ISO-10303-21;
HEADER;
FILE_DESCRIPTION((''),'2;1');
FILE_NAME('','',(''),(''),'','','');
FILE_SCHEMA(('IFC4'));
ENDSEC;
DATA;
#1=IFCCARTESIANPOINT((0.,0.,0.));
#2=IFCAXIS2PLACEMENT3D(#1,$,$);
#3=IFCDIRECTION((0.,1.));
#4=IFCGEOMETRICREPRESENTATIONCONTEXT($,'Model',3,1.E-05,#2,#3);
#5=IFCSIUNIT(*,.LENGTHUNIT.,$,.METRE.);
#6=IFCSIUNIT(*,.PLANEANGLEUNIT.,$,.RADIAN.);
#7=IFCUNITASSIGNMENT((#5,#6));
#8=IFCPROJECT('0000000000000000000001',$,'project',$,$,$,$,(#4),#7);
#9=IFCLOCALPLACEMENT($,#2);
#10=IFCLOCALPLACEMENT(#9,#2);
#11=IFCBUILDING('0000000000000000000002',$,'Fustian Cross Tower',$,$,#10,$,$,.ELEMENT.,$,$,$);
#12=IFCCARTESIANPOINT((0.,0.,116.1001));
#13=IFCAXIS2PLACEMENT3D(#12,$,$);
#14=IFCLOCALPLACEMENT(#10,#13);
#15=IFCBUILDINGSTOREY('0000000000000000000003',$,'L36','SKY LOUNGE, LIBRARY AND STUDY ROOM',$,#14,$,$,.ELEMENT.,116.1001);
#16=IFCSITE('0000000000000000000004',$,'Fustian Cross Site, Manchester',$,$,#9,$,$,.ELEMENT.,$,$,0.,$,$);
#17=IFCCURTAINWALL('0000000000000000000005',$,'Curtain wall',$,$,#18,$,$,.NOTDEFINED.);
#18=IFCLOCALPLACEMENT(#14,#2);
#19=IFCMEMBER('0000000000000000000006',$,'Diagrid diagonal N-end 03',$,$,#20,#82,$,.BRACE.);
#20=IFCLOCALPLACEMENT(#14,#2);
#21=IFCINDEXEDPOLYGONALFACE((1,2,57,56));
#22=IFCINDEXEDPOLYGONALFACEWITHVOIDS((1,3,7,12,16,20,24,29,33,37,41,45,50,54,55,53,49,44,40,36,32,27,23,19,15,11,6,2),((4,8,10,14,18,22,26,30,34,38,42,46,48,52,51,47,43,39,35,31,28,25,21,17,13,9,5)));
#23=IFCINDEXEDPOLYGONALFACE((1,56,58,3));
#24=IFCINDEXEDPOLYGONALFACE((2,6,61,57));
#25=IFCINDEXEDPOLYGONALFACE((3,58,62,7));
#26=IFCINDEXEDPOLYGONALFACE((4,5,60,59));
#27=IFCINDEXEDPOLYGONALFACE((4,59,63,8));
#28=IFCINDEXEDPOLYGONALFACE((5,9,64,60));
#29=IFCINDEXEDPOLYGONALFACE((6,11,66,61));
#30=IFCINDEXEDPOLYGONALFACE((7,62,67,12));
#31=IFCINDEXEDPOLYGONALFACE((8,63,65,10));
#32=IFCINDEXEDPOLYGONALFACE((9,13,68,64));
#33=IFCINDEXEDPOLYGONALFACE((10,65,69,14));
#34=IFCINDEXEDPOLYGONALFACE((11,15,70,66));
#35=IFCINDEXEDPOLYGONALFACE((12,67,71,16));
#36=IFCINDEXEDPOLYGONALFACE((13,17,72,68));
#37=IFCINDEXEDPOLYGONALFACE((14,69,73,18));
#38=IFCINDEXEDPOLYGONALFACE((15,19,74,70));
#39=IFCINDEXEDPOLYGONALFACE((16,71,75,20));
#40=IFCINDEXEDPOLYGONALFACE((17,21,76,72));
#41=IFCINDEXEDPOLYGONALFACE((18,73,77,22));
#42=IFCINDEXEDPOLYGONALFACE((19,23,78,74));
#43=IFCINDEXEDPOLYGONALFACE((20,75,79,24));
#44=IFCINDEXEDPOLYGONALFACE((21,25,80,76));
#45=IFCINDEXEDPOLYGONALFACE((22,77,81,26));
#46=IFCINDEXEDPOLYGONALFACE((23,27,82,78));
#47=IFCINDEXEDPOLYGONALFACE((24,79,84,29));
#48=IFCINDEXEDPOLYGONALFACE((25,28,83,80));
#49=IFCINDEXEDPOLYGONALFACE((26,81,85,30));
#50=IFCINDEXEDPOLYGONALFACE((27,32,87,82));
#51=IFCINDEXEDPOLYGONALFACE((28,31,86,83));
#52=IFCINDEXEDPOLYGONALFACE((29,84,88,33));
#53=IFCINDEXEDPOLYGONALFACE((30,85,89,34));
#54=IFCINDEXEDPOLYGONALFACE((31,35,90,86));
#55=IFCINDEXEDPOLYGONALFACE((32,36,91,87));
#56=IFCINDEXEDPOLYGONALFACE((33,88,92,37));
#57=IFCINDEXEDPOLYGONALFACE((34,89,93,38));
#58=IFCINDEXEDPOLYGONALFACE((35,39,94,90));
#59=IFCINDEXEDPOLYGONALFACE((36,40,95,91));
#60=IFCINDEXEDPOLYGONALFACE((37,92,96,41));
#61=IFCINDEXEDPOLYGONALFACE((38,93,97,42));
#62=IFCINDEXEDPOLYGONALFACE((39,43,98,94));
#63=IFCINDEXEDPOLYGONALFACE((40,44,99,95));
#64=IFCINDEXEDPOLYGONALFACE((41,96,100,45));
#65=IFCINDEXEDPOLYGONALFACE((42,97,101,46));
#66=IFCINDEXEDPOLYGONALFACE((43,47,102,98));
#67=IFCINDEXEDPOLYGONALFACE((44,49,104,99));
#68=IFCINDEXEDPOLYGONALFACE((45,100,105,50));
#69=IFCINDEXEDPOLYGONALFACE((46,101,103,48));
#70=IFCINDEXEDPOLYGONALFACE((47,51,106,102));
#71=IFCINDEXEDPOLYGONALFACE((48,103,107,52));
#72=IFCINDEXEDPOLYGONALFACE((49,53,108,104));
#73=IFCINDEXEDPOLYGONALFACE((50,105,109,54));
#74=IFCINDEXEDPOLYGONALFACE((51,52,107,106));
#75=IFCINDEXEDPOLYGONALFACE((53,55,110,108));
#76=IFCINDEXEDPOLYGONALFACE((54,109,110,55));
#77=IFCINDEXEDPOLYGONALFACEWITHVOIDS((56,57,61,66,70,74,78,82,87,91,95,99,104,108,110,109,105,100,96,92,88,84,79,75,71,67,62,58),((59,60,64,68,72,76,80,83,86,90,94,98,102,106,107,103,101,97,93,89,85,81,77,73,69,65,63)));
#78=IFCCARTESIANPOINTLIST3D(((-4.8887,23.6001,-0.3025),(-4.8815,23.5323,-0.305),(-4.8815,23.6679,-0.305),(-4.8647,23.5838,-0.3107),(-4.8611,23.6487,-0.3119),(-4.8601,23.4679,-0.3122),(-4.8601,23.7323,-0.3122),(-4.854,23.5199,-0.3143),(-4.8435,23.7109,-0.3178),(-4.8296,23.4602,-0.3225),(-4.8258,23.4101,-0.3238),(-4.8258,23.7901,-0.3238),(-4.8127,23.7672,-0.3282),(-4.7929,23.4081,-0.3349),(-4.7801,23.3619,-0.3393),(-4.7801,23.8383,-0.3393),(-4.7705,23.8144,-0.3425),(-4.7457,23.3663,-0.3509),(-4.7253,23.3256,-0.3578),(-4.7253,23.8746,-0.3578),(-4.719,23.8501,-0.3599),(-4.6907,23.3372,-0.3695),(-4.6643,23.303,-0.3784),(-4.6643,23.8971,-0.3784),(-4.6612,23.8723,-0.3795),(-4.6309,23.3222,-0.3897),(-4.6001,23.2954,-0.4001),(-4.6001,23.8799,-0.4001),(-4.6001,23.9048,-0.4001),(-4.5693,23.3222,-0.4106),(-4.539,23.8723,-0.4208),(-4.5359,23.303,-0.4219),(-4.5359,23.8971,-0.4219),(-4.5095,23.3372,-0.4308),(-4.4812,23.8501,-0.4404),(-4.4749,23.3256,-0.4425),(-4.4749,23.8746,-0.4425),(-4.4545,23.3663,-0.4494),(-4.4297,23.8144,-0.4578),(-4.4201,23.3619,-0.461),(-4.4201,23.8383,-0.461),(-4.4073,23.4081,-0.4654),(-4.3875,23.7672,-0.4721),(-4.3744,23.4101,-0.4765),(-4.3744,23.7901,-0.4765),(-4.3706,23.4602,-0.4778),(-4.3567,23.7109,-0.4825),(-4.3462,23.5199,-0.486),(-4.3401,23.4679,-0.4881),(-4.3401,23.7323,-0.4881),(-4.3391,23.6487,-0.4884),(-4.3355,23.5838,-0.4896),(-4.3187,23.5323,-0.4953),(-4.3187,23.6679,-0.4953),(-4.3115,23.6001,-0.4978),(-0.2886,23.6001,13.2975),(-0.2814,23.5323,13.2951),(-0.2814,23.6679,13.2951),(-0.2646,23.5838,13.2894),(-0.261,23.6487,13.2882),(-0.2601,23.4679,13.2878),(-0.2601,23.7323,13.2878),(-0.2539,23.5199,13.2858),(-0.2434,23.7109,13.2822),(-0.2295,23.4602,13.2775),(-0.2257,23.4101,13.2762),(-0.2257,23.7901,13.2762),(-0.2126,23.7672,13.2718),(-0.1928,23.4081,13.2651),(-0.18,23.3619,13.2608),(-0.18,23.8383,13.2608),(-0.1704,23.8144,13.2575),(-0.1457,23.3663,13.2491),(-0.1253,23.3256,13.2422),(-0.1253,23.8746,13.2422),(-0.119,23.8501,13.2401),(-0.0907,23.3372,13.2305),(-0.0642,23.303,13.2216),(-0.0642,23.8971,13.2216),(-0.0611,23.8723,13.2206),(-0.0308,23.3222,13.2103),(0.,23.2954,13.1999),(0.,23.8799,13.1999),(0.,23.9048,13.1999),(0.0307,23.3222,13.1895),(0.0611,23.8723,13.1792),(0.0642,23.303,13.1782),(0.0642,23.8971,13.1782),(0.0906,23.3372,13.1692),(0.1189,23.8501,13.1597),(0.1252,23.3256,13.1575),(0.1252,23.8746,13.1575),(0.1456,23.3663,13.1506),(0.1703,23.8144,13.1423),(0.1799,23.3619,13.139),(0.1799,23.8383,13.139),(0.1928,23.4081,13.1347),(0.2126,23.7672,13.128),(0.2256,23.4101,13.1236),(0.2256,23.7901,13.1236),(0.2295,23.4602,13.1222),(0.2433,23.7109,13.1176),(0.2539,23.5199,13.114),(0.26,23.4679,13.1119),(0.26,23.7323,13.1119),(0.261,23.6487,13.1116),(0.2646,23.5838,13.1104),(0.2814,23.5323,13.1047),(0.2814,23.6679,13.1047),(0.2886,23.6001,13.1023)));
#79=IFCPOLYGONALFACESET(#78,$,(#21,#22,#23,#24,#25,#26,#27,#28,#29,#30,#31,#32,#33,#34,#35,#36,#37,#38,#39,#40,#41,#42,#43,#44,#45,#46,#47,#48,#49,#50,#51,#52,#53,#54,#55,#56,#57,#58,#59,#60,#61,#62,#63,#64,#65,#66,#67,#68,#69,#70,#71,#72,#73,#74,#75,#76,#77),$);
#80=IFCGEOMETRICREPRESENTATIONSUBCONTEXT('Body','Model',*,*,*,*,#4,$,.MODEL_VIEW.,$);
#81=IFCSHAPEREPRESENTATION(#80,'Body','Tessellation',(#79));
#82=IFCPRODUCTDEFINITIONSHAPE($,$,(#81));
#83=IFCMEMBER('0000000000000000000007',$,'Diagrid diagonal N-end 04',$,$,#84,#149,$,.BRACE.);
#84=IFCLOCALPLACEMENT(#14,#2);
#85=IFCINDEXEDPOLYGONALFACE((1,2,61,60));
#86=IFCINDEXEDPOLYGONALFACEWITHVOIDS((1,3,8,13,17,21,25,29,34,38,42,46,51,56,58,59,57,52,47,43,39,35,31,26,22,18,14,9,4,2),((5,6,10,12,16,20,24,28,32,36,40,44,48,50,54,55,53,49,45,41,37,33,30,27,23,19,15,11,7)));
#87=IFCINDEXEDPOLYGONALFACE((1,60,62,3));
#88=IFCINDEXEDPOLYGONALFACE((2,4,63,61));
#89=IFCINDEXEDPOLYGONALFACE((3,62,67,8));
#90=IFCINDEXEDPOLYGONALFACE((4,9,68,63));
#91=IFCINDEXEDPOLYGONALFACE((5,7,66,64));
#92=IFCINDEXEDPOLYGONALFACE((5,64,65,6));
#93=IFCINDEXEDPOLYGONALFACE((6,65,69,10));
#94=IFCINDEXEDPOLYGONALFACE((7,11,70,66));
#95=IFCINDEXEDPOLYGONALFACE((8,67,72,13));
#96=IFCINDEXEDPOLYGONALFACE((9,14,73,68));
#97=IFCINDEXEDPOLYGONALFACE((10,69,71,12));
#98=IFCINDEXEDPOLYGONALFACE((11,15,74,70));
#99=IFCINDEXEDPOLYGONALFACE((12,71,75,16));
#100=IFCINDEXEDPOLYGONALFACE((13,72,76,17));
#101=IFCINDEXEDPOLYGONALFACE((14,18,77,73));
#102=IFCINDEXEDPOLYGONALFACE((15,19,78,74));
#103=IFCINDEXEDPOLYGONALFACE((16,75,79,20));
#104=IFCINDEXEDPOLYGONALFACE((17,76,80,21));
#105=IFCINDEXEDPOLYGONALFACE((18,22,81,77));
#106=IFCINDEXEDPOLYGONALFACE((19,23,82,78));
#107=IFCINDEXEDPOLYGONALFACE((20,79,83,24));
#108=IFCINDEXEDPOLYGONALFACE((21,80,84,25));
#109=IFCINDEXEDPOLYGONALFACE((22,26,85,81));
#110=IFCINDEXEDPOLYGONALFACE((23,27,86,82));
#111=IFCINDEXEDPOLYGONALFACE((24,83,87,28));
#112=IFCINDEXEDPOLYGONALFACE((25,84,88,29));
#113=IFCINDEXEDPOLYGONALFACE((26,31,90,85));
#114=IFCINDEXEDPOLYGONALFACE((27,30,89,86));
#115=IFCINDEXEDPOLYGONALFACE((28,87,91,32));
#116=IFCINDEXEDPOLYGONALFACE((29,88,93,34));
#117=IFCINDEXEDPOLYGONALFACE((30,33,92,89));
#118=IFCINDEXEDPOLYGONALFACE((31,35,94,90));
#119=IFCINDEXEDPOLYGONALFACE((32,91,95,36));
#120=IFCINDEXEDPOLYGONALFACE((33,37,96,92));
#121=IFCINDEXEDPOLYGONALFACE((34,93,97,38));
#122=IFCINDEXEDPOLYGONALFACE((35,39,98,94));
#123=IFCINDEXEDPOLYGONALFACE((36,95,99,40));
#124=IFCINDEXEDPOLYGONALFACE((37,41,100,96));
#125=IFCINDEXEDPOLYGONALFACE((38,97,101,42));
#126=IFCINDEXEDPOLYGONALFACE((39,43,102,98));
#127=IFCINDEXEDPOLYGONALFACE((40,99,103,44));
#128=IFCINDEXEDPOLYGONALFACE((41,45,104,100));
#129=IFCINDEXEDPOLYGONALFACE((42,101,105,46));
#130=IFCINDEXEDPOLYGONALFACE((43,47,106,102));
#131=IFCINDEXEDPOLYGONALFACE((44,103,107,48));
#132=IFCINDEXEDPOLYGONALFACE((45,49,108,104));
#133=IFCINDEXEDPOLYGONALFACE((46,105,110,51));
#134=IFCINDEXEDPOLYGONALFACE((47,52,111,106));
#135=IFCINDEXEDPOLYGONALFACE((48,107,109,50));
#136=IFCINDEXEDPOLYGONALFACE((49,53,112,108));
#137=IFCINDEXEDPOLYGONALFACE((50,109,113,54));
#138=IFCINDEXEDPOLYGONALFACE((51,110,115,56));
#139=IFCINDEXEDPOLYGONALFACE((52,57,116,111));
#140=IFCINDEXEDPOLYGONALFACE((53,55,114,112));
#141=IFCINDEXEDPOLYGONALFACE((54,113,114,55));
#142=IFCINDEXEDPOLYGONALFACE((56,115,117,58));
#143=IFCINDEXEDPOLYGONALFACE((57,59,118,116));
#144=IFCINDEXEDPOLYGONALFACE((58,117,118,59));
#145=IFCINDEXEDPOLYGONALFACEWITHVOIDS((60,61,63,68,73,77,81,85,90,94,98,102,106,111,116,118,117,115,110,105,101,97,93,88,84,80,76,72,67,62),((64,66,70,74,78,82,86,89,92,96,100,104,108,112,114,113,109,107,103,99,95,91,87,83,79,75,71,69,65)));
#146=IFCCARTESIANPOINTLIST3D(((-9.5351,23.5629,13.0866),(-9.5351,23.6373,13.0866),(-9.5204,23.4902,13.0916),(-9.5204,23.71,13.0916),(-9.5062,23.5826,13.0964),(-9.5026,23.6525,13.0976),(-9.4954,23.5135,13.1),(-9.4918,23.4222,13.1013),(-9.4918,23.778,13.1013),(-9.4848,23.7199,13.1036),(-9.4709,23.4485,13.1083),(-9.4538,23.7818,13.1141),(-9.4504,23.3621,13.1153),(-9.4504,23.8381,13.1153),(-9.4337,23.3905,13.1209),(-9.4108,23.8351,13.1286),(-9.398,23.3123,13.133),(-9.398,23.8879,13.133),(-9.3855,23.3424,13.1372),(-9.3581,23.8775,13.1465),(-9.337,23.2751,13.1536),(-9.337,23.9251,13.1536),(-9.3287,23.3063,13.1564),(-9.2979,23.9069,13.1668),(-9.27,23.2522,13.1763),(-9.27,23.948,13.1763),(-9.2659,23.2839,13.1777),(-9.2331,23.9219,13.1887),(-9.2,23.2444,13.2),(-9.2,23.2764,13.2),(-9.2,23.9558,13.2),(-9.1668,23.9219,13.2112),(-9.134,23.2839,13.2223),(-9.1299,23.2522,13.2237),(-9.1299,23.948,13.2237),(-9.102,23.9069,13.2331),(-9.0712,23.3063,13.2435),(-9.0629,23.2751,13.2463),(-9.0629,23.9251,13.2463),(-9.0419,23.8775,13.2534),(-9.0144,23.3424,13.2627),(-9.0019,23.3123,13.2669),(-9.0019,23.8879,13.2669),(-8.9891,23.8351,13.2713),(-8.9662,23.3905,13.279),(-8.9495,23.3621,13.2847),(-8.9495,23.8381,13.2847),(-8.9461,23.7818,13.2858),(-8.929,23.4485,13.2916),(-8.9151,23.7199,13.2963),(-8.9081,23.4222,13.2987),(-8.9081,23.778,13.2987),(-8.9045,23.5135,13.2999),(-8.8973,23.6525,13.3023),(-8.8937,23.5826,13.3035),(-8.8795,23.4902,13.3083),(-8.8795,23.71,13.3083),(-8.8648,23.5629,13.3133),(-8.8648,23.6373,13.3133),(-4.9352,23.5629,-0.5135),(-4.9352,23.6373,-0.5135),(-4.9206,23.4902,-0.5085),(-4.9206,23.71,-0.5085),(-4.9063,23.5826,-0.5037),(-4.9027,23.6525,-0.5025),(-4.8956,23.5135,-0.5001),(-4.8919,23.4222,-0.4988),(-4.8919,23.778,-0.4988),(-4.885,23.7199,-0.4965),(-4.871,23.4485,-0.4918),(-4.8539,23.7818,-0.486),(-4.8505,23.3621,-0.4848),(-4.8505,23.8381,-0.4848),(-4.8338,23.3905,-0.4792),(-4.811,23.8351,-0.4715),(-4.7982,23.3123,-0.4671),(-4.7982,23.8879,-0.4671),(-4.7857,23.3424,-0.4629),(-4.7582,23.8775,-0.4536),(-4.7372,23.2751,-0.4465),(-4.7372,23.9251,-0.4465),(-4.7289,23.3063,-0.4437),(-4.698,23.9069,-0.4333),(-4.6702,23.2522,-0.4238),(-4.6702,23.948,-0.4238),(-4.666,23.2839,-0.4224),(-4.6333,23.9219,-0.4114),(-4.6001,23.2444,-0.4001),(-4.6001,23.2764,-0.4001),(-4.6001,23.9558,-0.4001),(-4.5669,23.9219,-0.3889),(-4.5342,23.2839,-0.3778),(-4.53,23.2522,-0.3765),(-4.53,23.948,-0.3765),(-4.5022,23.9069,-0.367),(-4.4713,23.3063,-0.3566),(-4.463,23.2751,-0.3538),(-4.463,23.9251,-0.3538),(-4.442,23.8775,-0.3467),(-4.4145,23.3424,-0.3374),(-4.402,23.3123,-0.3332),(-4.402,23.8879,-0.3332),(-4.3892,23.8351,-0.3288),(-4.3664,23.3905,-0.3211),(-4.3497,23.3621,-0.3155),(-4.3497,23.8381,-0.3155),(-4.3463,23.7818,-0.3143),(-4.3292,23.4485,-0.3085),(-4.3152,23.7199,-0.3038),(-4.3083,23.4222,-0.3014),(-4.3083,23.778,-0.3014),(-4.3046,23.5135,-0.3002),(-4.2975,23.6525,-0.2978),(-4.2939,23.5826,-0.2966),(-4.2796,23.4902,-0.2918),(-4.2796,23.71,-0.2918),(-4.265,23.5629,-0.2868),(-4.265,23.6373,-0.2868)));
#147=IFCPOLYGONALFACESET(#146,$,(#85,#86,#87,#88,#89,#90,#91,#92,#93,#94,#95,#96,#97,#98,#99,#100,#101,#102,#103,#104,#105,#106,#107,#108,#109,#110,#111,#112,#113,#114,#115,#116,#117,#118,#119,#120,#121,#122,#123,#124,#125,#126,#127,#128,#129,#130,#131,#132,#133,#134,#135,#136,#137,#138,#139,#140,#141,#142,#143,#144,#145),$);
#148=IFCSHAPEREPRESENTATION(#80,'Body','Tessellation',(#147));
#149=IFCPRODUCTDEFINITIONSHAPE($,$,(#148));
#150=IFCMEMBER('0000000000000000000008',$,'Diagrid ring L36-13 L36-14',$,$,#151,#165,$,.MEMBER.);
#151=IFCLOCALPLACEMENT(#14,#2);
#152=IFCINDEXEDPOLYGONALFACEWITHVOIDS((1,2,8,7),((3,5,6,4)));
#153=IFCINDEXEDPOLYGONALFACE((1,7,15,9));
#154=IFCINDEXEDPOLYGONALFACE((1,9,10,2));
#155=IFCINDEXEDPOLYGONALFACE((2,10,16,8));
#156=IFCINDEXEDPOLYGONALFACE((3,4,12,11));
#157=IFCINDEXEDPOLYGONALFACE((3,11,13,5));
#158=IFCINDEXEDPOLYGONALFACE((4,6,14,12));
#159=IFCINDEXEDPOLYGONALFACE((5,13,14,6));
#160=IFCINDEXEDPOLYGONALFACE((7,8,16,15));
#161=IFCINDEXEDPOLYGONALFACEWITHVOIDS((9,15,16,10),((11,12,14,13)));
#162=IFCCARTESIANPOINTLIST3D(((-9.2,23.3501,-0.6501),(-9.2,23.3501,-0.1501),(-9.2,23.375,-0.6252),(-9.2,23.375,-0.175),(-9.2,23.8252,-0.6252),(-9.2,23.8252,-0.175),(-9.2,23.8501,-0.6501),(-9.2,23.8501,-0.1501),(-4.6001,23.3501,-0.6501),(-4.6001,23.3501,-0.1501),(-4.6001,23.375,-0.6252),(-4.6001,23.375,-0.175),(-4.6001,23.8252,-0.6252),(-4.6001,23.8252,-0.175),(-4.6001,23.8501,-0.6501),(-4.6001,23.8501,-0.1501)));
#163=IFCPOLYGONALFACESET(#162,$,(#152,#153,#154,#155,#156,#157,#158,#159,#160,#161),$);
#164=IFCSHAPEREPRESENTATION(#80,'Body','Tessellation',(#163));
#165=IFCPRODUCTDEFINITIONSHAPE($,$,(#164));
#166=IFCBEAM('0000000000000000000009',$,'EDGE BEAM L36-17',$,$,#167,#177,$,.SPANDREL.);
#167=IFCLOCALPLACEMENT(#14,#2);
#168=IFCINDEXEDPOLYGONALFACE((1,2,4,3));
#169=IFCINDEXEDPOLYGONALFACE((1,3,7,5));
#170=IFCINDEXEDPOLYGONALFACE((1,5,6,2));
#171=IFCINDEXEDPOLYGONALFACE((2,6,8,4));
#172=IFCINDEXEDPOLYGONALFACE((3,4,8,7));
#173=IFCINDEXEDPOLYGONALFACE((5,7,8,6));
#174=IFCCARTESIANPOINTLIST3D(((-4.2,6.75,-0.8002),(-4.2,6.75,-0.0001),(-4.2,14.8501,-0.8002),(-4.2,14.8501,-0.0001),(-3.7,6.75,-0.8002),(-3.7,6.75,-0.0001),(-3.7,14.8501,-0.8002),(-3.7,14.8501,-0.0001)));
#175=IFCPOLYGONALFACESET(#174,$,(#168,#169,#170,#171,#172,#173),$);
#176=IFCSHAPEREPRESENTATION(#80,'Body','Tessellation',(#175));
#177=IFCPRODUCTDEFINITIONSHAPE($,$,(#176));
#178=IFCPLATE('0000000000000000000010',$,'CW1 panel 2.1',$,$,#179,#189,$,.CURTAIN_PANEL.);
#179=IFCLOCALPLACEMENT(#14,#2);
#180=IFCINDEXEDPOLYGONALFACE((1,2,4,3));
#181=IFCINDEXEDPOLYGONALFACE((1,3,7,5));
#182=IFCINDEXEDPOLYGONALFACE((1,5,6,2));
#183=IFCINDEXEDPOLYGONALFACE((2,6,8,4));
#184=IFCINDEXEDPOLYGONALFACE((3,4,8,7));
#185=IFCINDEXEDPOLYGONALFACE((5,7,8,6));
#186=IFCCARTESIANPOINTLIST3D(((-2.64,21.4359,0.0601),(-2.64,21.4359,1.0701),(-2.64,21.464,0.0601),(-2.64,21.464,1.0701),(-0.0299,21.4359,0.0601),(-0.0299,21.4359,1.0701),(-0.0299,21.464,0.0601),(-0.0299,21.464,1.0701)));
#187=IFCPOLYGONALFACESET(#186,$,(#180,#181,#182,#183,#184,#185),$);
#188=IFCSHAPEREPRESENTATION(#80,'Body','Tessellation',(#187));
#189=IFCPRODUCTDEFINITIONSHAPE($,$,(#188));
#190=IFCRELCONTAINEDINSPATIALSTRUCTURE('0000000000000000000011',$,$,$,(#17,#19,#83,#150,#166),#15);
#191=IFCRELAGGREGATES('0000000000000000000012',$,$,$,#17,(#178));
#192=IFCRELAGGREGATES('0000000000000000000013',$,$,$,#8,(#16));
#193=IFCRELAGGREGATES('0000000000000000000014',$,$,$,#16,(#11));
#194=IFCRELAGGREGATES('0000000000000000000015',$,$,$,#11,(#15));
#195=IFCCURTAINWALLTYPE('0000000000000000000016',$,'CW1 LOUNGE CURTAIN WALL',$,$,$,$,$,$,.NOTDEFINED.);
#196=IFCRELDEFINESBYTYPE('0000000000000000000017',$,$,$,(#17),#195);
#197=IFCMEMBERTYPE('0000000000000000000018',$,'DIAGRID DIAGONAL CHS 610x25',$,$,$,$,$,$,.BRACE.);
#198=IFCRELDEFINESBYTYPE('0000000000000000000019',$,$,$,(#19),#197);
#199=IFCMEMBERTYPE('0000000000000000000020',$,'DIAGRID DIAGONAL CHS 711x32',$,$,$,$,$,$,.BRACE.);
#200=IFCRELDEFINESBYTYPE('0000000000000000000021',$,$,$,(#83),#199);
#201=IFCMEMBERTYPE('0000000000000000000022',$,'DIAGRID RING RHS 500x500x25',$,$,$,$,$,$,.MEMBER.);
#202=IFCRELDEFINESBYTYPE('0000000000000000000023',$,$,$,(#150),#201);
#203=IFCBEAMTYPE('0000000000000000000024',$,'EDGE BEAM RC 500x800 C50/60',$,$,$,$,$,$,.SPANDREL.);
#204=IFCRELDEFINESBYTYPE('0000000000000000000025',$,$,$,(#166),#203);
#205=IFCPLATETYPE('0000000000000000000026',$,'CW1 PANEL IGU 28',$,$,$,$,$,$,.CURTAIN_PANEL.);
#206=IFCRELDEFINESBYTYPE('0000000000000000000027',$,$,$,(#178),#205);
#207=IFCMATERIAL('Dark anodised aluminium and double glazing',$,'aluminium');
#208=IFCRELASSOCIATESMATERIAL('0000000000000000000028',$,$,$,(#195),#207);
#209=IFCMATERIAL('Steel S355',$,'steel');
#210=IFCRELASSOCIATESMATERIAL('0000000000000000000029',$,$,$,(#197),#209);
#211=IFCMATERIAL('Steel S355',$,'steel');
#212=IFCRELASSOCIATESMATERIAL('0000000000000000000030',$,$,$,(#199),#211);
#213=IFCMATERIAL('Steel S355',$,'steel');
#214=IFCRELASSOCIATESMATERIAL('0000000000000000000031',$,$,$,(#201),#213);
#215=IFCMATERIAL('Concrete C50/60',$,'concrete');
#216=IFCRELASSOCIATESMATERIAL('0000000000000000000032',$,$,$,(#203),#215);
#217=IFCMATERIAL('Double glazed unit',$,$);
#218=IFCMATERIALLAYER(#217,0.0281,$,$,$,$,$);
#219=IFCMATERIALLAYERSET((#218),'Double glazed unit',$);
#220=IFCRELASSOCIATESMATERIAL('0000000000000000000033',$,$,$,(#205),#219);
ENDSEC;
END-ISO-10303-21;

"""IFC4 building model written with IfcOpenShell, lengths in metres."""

from ifc_helpers import new_model, si_unit, direction, frame, origin, origin_2d, place, context, subcontext, project, spatial, rectangle, hollow_rectangle, hollow_circle, extrude, material, layer, layer_set, material_profile, profile_set, type_object, element, aggregate, save


model = new_model("IFC4")

# Units and contexts
model_context = context("Model", 3, precision=1e-05, world=origin(), true_north=direction((0.0, 1.0)))
body_context = subcontext(model_context, "Body", "Model", "MODEL_VIEW")
ifc_project = project(units=[si_unit("LENGTHUNIT", "METRE"), si_unit("PLANEANGLEUNIT", "RADIAN")], contexts=[model_context])

# Site, building, storey
site_placement = place(None, origin())
site = spatial("IfcSite", under=ifc_project, at=site_placement, Name="Fustian Cross Site, Manchester", CompositionType="ELEMENT", RefElevation=0.0)
building_placement = place(site_placement, origin())
building = spatial("IfcBuilding", under=site, at=building_placement, Name="Fustian Cross Tower", CompositionType="ELEMENT")
storey_placement = place(building_placement, frame((0.0, 0.0, 116.1001)))
storey = spatial("IfcBuildingStorey", under=building, at=storey_placement, Name="L36", Description="SKY LOUNGE, LIBRARY AND STUDY ROOM", CompositionType="ELEMENT", Elevation=116.1001)

# Curtain wall
ifc_material_1 = material(Name="Dark anodised aluminium and double glazing", Category="aluminium")
curtain_wall_type = type_object("IfcCurtainWallType", Name="CW1 LOUNGE CURTAIN WALL", PredefinedType="NOTDEFINED", material=ifc_material_1)
curtain_wall_1_placement = place(storey_placement, origin())
curtain_wall_1 = element("IfcCurtainWall", 1, at=curtain_wall_1_placement, inside=storey, type_object=curtain_wall_type, Name="Curtain wall", PredefinedType="NOTDEFINED")

# Members
ifc_material_2 = material(Name="Steel S355", Category="steel")
ifc_material_profile_1 = material_profile(ifc_material_2, hollow_circle(Radius=0.3047, WallThickness=0.0249, at=origin_2d()), Name="CHS 610x25")
ifc_profile_set_1 = profile_set([ifc_material_profile_1], Name="Steel S355")
member_type_1 = type_object("IfcMemberType", Name="DIAGRID DIAGONAL CHS 610x25", PredefinedType="BRACE", material=ifc_profile_set_1)
member_1_placement = place(storey_placement, frame((-4.6001, 23.6001, -0.4001), z_axis=(0.320408, 0.0, 0.94728), x_axis=(0.0, 1.0, 0.0)))
element("IfcMember", 2, at=member_1_placement, inside=storey, type_object=member_type_1, Name="Diagrid diagonal N-end 03", PredefinedType="BRACE", context=body_context, shape_type="SweptSolid", body=[
    extrude(hollow_circle(Radius=0.3047, WallThickness=0.0249, at=origin_2d()), origin(), (0.0, 0.0, 1.0), 14.3569),
])
ifc_material_3 = material(Name="Steel S355", Category="steel")
ifc_material_profile_2 = material_profile(ifc_material_3, hollow_circle(Radius=0.3557, WallThickness=0.032, at=origin_2d()), Name="CHS 711x32")
ifc_profile_set_2 = profile_set([ifc_material_profile_2], Name="Steel S355")
member_type_2 = type_object("IfcMemberType", Name="DIAGRID DIAGONAL CHS 711x32", PredefinedType="BRACE", material=ifc_profile_set_2)
member_2_placement = place(storey_placement, frame((-4.6001, 23.6001, -0.4001), z_axis=(-0.320393, 0.0, 0.947285), x_axis=(0.0, -1.0, 0.0)))
element("IfcMember", 3, at=member_2_placement, inside=storey, type_object=member_type_2, Name="Diagrid diagonal N-end 04", PredefinedType="BRACE", context=body_context, shape_type="SweptSolid", body=[
    extrude(hollow_circle(Radius=0.3557, WallThickness=0.032, at=origin_2d()), origin(), (0.0, 0.0, 1.0), 14.3569),
])
ifc_material_4 = material(Name="Steel S355", Category="steel")
ifc_material_profile_3 = material_profile(ifc_material_4, hollow_rectangle(XDim=0.5, YDim=0.5, WallThickness=0.0249, at=origin_2d()), Name="RHS 500x500x25")
ifc_profile_set_3 = profile_set([ifc_material_profile_3], Name="Steel S355")
member_type_3 = type_object("IfcMemberType", Name="DIAGRID RING RHS 500x500x25", PredefinedType="MEMBER", material=ifc_profile_set_3)
member_3_placement = place(storey_placement, frame((-4.6001, 23.6001, -0.4001), z_axis=(-1.0, 0.0, 0.0), x_axis=(0.0, -1.0, 0.0)))
element("IfcMember", 4, at=member_3_placement, inside=storey, type_object=member_type_3, Name="Diagrid ring L36-13 L36-14", PredefinedType="MEMBER", context=body_context, shape_type="SweptSolid", body=[
    extrude(hollow_rectangle(XDim=0.5, YDim=0.5, WallThickness=0.0249, at=origin_2d()), origin(), (0.0, 0.0, 1.0), 4.5999),
])

# Beam
ifc_material_5 = material(Name="Concrete C50/60", Category="concrete")
ifc_material_profile_4 = material_profile(ifc_material_5, rectangle(XDim=0.5, YDim=0.8, at=origin_2d()), Name="RC 500x800")
ifc_profile_set_4 = profile_set([ifc_material_profile_4], Name="Concrete C50/60")
beam_type = type_object("IfcBeamType", Name="EDGE BEAM RC 500x800 C50/60", PredefinedType="SPANDREL", material=ifc_profile_set_4)
beam_placement = place(storey_placement, frame((-3.95, 14.8501, -0.4001), z_axis=(0.0, -1.0, 0.0), x_axis=(1.0, 0.0, 0.0)))
element("IfcBeam", 5, at=beam_placement, inside=storey, type_object=beam_type, Name="EDGE BEAM L36-17", PredefinedType="SPANDREL", context=body_context, shape_type="SweptSolid", body=[
    extrude(rectangle(XDim=0.5, YDim=0.8, at=origin_2d()), origin(), (0.0, 0.0, 1.0), 8.1001),
])

# Plate
ifc_material_6 = material(Name="Double glazed unit")
ifc_layer_1 = layer(ifc_material_6, 0.0281)
ifc_layer_set_1 = layer_set([ifc_layer_1], Name="Double glazed unit")
plate_type = type_object("IfcPlateType", Name="CW1 PANEL IGU 28", PredefinedType="CURTAIN_PANEL", material=ifc_layer_set_1)
plate_1_placement = place(storey_placement, frame((-1.335, 21.45, 0.0601), z_axis=(0.0, 0.0, 1.0), x_axis=(-1.0, 0.0, 0.0)))
plate_1 = element("IfcPlate", 6, at=plate_1_placement, type_object=plate_type, Name="CW1 panel 2.1", PredefinedType="CURTAIN_PANEL", context=body_context, shape_type="SweptSolid", body=[
    extrude(rectangle(XDim=2.6101, YDim=0.0281, at=origin_2d()), origin(), (0.0, 0.0, 1.0), 1.01),
])
aggregate(curtain_wall_1, [plate_1])

save(model, "model.ifc")
